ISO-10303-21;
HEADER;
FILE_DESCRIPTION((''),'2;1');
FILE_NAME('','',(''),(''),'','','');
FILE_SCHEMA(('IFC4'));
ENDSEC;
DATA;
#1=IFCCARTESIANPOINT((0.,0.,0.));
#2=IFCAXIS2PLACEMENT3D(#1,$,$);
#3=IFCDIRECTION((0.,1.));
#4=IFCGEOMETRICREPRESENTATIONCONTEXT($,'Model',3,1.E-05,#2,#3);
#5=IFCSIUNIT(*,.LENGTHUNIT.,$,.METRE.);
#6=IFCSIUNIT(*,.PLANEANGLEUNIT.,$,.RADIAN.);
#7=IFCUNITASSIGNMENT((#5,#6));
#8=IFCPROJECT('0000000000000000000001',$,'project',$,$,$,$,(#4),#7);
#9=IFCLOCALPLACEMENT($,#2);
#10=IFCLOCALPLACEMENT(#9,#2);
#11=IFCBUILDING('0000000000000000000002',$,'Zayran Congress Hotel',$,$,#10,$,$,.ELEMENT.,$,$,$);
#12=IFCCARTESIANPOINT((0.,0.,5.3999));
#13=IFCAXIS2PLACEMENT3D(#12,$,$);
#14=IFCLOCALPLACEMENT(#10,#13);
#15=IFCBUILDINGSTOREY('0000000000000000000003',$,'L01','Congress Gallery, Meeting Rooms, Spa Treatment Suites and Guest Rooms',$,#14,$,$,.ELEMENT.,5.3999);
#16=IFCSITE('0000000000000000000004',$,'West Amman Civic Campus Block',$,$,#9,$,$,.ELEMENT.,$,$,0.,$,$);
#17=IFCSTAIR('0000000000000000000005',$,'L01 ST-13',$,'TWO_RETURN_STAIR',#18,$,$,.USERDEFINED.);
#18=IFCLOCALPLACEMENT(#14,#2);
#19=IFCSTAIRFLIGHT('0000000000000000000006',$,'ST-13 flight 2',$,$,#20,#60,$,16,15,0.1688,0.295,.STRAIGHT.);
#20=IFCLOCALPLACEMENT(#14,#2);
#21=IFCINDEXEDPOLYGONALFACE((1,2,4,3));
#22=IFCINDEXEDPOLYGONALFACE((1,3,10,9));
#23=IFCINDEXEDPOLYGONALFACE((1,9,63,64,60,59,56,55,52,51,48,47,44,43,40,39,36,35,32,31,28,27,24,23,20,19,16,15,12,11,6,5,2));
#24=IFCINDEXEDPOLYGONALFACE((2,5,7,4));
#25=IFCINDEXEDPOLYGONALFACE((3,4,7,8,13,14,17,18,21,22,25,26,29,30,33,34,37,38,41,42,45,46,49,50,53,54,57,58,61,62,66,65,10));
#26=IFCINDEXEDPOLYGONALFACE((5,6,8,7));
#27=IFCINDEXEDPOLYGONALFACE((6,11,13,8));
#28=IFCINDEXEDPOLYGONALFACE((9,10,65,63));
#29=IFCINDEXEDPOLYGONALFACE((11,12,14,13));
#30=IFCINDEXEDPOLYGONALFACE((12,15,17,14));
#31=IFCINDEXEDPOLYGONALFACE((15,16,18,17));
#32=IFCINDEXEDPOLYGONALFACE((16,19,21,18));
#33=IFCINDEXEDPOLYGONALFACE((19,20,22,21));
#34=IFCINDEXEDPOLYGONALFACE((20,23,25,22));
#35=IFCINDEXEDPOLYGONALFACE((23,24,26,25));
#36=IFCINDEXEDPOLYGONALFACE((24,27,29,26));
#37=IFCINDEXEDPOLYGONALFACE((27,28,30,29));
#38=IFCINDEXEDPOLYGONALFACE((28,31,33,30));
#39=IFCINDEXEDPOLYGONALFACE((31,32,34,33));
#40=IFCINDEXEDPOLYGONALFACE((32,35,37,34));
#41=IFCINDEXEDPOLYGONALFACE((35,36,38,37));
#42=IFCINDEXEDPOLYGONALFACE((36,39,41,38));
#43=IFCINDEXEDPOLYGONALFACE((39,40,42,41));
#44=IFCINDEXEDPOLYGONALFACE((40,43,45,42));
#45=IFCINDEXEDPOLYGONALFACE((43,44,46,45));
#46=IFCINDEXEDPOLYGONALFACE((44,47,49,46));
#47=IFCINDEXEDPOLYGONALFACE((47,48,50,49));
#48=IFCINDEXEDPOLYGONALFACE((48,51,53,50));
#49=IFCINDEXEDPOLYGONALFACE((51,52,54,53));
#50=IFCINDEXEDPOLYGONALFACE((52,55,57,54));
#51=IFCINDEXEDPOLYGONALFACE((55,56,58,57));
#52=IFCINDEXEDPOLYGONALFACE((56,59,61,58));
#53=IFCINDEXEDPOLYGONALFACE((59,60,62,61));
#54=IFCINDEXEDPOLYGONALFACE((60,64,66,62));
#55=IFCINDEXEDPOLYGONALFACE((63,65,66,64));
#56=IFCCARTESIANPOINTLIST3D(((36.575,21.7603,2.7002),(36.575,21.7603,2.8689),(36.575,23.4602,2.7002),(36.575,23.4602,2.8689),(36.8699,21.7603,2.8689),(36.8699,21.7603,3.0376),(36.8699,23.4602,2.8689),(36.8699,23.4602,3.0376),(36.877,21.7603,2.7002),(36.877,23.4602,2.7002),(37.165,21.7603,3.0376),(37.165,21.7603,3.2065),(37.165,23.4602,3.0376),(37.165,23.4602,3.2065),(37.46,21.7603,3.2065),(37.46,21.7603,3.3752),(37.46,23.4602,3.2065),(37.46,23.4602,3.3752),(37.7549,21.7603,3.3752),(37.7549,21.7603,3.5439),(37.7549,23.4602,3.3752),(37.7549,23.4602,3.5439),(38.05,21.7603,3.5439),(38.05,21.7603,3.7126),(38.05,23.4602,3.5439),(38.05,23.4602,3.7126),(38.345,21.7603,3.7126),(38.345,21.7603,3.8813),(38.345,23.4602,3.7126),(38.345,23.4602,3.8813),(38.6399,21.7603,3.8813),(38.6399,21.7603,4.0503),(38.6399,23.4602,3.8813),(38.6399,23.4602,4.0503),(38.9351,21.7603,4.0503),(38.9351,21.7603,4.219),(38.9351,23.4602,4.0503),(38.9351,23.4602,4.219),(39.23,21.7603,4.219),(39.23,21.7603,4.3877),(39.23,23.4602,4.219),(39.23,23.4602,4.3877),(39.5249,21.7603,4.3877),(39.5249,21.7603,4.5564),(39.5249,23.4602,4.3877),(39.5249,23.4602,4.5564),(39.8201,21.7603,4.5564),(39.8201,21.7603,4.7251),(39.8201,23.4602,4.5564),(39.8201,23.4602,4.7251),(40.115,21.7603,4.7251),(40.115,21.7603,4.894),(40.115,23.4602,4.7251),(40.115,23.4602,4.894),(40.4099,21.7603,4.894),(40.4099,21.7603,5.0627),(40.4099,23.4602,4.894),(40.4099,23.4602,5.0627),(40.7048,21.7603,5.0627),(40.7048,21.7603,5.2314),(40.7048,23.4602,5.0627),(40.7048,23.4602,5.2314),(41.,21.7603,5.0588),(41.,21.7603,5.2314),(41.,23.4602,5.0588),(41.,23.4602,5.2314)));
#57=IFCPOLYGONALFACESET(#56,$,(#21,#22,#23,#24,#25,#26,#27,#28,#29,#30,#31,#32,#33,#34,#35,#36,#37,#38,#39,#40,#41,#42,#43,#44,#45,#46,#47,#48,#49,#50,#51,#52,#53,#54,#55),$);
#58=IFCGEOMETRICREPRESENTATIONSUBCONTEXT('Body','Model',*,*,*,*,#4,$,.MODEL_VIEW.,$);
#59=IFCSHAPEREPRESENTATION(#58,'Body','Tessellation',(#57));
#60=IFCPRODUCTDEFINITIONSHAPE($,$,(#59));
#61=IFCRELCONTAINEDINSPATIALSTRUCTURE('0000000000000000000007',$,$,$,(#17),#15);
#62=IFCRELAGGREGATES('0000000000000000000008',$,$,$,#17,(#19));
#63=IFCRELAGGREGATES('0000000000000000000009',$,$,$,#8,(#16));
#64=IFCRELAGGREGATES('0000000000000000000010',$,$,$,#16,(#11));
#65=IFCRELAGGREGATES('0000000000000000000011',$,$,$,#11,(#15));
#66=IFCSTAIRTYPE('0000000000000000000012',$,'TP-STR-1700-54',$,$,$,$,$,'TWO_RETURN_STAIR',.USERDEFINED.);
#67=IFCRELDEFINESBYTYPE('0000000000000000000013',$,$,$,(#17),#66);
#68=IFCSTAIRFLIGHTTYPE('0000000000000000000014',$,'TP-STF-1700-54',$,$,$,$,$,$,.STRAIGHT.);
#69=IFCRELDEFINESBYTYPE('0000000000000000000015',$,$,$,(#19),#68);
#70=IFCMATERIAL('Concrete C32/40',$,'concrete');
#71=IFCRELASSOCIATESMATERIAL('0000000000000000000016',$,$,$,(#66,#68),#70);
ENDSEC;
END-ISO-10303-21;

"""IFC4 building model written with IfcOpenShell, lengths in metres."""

from ifc_helpers import new_model, si_unit, direction, frame, origin, place, context, subcontext, project, spatial, polyline, outline, extrude, material, type_object, element, aggregate, save


model = new_model("IFC4")

# Units and contexts
model_context = context("Model", 3, precision=1e-05, world=origin(), true_north=direction((0.0, 1.0)))
body_context = subcontext(model_context, "Body", "Model", "MODEL_VIEW")
ifc_project = project(units=[si_unit("LENGTHUNIT", "METRE"), si_unit("PLANEANGLEUNIT", "RADIAN")], contexts=[model_context])

# Site, building, storey
site_placement = place(None, origin())
site = spatial("IfcSite", under=ifc_project, at=site_placement, Name="West Amman Civic Campus Block", CompositionType="ELEMENT", RefElevation=0.0)
building_placement = place(site_placement, origin())
building = spatial("IfcBuilding", under=site, at=building_placement, Name="Zayran Congress Hotel", CompositionType="ELEMENT")
storey_placement = place(building_placement, frame((0.0, 0.0, 5.3999)))
storey = spatial("IfcBuildingStorey", under=building, at=storey_placement, Name="L01", Description="Congress Gallery, Meeting Rooms, Spa Treatment Suites and Guest Rooms", CompositionType="ELEMENT", Elevation=5.3999)

# Stair, stair flight
ifc_material_1 = material(Name="Concrete C32/40", Category="concrete")
stair_type = type_object("IfcStairType", Name="TP-STR-1700-54", ElementType="TWO_RETURN_STAIR", PredefinedType="USERDEFINED", material=ifc_material_1)
stair_placement = place(storey_placement, origin())
stair = element("IfcStair", 1, at=stair_placement, inside=storey, type_object=stair_type, Name="L01 ST-13", ObjectType="TWO_RETURN_STAIR", PredefinedType="USERDEFINED")
stair_flight_type = type_object("IfcStairFlightType", Name="TP-STF-1700-54", PredefinedType="STRAIGHT", material=ifc_material_1)
stair_flight_1_placement = place(storey_placement, frame((36.575, 22.6101, 2.7002), z_axis=(0.0, 0.0, 1.0), x_axis=(1.0, 0.0, 0.0)))
stair_flight_1 = element("IfcStairFlight", 2, at=stair_flight_1_placement, type_object=stair_flight_type, Name="ST-13 flight 2", NumberOfRisers=16, NumberOfTreads=15, PredefinedType="STRAIGHT", RiserHeight=0.1688, TreadLength=0.295, context=body_context, shape_type="SweptSolid", body=[
    extrude(outline(polyline([(0.0, 0.0), (0.0, 0.1687), (0.2949, 0.1687), (0.2949, 0.3374), (0.5901, 0.3374), (0.5901, 0.5063), (0.885, 0.5063), (0.885, 0.675), (1.1799, 0.675), (1.1799, 0.8438), (1.4751, 0.8438), (1.4751, 1.0125), (1.77, 1.0125), (1.77, 1.1812), (2.0649, 1.1812), (2.0649, 1.3501), (2.3601, 1.3501), (2.3601, 1.5188), (2.655, 1.5188), (2.655, 1.6875), (2.95, 1.6875), (2.95, 1.8562), (3.2451, 1.8562), (3.2451, 2.0249), (3.54, 2.0249), (3.54, 2.1938), (3.835, 2.1938), (3.835, 2.3625), (4.1299, 2.3625), (4.1299, 2.5312), (4.425, 2.5312), (4.425, 2.7), (4.425, 2.3586), (0.302, 0.0), (0.0, 0.0)])), frame((0.0, 0.8501, 0.0), z_axis=(0.0, -1.0, 0.0), x_axis=(1.0, 0.0, 0.0)), (0.0, 0.0, 1.0), 1.7),
])
aggregate(stair, [stair_flight_1])

save(model, "model.ifc")
